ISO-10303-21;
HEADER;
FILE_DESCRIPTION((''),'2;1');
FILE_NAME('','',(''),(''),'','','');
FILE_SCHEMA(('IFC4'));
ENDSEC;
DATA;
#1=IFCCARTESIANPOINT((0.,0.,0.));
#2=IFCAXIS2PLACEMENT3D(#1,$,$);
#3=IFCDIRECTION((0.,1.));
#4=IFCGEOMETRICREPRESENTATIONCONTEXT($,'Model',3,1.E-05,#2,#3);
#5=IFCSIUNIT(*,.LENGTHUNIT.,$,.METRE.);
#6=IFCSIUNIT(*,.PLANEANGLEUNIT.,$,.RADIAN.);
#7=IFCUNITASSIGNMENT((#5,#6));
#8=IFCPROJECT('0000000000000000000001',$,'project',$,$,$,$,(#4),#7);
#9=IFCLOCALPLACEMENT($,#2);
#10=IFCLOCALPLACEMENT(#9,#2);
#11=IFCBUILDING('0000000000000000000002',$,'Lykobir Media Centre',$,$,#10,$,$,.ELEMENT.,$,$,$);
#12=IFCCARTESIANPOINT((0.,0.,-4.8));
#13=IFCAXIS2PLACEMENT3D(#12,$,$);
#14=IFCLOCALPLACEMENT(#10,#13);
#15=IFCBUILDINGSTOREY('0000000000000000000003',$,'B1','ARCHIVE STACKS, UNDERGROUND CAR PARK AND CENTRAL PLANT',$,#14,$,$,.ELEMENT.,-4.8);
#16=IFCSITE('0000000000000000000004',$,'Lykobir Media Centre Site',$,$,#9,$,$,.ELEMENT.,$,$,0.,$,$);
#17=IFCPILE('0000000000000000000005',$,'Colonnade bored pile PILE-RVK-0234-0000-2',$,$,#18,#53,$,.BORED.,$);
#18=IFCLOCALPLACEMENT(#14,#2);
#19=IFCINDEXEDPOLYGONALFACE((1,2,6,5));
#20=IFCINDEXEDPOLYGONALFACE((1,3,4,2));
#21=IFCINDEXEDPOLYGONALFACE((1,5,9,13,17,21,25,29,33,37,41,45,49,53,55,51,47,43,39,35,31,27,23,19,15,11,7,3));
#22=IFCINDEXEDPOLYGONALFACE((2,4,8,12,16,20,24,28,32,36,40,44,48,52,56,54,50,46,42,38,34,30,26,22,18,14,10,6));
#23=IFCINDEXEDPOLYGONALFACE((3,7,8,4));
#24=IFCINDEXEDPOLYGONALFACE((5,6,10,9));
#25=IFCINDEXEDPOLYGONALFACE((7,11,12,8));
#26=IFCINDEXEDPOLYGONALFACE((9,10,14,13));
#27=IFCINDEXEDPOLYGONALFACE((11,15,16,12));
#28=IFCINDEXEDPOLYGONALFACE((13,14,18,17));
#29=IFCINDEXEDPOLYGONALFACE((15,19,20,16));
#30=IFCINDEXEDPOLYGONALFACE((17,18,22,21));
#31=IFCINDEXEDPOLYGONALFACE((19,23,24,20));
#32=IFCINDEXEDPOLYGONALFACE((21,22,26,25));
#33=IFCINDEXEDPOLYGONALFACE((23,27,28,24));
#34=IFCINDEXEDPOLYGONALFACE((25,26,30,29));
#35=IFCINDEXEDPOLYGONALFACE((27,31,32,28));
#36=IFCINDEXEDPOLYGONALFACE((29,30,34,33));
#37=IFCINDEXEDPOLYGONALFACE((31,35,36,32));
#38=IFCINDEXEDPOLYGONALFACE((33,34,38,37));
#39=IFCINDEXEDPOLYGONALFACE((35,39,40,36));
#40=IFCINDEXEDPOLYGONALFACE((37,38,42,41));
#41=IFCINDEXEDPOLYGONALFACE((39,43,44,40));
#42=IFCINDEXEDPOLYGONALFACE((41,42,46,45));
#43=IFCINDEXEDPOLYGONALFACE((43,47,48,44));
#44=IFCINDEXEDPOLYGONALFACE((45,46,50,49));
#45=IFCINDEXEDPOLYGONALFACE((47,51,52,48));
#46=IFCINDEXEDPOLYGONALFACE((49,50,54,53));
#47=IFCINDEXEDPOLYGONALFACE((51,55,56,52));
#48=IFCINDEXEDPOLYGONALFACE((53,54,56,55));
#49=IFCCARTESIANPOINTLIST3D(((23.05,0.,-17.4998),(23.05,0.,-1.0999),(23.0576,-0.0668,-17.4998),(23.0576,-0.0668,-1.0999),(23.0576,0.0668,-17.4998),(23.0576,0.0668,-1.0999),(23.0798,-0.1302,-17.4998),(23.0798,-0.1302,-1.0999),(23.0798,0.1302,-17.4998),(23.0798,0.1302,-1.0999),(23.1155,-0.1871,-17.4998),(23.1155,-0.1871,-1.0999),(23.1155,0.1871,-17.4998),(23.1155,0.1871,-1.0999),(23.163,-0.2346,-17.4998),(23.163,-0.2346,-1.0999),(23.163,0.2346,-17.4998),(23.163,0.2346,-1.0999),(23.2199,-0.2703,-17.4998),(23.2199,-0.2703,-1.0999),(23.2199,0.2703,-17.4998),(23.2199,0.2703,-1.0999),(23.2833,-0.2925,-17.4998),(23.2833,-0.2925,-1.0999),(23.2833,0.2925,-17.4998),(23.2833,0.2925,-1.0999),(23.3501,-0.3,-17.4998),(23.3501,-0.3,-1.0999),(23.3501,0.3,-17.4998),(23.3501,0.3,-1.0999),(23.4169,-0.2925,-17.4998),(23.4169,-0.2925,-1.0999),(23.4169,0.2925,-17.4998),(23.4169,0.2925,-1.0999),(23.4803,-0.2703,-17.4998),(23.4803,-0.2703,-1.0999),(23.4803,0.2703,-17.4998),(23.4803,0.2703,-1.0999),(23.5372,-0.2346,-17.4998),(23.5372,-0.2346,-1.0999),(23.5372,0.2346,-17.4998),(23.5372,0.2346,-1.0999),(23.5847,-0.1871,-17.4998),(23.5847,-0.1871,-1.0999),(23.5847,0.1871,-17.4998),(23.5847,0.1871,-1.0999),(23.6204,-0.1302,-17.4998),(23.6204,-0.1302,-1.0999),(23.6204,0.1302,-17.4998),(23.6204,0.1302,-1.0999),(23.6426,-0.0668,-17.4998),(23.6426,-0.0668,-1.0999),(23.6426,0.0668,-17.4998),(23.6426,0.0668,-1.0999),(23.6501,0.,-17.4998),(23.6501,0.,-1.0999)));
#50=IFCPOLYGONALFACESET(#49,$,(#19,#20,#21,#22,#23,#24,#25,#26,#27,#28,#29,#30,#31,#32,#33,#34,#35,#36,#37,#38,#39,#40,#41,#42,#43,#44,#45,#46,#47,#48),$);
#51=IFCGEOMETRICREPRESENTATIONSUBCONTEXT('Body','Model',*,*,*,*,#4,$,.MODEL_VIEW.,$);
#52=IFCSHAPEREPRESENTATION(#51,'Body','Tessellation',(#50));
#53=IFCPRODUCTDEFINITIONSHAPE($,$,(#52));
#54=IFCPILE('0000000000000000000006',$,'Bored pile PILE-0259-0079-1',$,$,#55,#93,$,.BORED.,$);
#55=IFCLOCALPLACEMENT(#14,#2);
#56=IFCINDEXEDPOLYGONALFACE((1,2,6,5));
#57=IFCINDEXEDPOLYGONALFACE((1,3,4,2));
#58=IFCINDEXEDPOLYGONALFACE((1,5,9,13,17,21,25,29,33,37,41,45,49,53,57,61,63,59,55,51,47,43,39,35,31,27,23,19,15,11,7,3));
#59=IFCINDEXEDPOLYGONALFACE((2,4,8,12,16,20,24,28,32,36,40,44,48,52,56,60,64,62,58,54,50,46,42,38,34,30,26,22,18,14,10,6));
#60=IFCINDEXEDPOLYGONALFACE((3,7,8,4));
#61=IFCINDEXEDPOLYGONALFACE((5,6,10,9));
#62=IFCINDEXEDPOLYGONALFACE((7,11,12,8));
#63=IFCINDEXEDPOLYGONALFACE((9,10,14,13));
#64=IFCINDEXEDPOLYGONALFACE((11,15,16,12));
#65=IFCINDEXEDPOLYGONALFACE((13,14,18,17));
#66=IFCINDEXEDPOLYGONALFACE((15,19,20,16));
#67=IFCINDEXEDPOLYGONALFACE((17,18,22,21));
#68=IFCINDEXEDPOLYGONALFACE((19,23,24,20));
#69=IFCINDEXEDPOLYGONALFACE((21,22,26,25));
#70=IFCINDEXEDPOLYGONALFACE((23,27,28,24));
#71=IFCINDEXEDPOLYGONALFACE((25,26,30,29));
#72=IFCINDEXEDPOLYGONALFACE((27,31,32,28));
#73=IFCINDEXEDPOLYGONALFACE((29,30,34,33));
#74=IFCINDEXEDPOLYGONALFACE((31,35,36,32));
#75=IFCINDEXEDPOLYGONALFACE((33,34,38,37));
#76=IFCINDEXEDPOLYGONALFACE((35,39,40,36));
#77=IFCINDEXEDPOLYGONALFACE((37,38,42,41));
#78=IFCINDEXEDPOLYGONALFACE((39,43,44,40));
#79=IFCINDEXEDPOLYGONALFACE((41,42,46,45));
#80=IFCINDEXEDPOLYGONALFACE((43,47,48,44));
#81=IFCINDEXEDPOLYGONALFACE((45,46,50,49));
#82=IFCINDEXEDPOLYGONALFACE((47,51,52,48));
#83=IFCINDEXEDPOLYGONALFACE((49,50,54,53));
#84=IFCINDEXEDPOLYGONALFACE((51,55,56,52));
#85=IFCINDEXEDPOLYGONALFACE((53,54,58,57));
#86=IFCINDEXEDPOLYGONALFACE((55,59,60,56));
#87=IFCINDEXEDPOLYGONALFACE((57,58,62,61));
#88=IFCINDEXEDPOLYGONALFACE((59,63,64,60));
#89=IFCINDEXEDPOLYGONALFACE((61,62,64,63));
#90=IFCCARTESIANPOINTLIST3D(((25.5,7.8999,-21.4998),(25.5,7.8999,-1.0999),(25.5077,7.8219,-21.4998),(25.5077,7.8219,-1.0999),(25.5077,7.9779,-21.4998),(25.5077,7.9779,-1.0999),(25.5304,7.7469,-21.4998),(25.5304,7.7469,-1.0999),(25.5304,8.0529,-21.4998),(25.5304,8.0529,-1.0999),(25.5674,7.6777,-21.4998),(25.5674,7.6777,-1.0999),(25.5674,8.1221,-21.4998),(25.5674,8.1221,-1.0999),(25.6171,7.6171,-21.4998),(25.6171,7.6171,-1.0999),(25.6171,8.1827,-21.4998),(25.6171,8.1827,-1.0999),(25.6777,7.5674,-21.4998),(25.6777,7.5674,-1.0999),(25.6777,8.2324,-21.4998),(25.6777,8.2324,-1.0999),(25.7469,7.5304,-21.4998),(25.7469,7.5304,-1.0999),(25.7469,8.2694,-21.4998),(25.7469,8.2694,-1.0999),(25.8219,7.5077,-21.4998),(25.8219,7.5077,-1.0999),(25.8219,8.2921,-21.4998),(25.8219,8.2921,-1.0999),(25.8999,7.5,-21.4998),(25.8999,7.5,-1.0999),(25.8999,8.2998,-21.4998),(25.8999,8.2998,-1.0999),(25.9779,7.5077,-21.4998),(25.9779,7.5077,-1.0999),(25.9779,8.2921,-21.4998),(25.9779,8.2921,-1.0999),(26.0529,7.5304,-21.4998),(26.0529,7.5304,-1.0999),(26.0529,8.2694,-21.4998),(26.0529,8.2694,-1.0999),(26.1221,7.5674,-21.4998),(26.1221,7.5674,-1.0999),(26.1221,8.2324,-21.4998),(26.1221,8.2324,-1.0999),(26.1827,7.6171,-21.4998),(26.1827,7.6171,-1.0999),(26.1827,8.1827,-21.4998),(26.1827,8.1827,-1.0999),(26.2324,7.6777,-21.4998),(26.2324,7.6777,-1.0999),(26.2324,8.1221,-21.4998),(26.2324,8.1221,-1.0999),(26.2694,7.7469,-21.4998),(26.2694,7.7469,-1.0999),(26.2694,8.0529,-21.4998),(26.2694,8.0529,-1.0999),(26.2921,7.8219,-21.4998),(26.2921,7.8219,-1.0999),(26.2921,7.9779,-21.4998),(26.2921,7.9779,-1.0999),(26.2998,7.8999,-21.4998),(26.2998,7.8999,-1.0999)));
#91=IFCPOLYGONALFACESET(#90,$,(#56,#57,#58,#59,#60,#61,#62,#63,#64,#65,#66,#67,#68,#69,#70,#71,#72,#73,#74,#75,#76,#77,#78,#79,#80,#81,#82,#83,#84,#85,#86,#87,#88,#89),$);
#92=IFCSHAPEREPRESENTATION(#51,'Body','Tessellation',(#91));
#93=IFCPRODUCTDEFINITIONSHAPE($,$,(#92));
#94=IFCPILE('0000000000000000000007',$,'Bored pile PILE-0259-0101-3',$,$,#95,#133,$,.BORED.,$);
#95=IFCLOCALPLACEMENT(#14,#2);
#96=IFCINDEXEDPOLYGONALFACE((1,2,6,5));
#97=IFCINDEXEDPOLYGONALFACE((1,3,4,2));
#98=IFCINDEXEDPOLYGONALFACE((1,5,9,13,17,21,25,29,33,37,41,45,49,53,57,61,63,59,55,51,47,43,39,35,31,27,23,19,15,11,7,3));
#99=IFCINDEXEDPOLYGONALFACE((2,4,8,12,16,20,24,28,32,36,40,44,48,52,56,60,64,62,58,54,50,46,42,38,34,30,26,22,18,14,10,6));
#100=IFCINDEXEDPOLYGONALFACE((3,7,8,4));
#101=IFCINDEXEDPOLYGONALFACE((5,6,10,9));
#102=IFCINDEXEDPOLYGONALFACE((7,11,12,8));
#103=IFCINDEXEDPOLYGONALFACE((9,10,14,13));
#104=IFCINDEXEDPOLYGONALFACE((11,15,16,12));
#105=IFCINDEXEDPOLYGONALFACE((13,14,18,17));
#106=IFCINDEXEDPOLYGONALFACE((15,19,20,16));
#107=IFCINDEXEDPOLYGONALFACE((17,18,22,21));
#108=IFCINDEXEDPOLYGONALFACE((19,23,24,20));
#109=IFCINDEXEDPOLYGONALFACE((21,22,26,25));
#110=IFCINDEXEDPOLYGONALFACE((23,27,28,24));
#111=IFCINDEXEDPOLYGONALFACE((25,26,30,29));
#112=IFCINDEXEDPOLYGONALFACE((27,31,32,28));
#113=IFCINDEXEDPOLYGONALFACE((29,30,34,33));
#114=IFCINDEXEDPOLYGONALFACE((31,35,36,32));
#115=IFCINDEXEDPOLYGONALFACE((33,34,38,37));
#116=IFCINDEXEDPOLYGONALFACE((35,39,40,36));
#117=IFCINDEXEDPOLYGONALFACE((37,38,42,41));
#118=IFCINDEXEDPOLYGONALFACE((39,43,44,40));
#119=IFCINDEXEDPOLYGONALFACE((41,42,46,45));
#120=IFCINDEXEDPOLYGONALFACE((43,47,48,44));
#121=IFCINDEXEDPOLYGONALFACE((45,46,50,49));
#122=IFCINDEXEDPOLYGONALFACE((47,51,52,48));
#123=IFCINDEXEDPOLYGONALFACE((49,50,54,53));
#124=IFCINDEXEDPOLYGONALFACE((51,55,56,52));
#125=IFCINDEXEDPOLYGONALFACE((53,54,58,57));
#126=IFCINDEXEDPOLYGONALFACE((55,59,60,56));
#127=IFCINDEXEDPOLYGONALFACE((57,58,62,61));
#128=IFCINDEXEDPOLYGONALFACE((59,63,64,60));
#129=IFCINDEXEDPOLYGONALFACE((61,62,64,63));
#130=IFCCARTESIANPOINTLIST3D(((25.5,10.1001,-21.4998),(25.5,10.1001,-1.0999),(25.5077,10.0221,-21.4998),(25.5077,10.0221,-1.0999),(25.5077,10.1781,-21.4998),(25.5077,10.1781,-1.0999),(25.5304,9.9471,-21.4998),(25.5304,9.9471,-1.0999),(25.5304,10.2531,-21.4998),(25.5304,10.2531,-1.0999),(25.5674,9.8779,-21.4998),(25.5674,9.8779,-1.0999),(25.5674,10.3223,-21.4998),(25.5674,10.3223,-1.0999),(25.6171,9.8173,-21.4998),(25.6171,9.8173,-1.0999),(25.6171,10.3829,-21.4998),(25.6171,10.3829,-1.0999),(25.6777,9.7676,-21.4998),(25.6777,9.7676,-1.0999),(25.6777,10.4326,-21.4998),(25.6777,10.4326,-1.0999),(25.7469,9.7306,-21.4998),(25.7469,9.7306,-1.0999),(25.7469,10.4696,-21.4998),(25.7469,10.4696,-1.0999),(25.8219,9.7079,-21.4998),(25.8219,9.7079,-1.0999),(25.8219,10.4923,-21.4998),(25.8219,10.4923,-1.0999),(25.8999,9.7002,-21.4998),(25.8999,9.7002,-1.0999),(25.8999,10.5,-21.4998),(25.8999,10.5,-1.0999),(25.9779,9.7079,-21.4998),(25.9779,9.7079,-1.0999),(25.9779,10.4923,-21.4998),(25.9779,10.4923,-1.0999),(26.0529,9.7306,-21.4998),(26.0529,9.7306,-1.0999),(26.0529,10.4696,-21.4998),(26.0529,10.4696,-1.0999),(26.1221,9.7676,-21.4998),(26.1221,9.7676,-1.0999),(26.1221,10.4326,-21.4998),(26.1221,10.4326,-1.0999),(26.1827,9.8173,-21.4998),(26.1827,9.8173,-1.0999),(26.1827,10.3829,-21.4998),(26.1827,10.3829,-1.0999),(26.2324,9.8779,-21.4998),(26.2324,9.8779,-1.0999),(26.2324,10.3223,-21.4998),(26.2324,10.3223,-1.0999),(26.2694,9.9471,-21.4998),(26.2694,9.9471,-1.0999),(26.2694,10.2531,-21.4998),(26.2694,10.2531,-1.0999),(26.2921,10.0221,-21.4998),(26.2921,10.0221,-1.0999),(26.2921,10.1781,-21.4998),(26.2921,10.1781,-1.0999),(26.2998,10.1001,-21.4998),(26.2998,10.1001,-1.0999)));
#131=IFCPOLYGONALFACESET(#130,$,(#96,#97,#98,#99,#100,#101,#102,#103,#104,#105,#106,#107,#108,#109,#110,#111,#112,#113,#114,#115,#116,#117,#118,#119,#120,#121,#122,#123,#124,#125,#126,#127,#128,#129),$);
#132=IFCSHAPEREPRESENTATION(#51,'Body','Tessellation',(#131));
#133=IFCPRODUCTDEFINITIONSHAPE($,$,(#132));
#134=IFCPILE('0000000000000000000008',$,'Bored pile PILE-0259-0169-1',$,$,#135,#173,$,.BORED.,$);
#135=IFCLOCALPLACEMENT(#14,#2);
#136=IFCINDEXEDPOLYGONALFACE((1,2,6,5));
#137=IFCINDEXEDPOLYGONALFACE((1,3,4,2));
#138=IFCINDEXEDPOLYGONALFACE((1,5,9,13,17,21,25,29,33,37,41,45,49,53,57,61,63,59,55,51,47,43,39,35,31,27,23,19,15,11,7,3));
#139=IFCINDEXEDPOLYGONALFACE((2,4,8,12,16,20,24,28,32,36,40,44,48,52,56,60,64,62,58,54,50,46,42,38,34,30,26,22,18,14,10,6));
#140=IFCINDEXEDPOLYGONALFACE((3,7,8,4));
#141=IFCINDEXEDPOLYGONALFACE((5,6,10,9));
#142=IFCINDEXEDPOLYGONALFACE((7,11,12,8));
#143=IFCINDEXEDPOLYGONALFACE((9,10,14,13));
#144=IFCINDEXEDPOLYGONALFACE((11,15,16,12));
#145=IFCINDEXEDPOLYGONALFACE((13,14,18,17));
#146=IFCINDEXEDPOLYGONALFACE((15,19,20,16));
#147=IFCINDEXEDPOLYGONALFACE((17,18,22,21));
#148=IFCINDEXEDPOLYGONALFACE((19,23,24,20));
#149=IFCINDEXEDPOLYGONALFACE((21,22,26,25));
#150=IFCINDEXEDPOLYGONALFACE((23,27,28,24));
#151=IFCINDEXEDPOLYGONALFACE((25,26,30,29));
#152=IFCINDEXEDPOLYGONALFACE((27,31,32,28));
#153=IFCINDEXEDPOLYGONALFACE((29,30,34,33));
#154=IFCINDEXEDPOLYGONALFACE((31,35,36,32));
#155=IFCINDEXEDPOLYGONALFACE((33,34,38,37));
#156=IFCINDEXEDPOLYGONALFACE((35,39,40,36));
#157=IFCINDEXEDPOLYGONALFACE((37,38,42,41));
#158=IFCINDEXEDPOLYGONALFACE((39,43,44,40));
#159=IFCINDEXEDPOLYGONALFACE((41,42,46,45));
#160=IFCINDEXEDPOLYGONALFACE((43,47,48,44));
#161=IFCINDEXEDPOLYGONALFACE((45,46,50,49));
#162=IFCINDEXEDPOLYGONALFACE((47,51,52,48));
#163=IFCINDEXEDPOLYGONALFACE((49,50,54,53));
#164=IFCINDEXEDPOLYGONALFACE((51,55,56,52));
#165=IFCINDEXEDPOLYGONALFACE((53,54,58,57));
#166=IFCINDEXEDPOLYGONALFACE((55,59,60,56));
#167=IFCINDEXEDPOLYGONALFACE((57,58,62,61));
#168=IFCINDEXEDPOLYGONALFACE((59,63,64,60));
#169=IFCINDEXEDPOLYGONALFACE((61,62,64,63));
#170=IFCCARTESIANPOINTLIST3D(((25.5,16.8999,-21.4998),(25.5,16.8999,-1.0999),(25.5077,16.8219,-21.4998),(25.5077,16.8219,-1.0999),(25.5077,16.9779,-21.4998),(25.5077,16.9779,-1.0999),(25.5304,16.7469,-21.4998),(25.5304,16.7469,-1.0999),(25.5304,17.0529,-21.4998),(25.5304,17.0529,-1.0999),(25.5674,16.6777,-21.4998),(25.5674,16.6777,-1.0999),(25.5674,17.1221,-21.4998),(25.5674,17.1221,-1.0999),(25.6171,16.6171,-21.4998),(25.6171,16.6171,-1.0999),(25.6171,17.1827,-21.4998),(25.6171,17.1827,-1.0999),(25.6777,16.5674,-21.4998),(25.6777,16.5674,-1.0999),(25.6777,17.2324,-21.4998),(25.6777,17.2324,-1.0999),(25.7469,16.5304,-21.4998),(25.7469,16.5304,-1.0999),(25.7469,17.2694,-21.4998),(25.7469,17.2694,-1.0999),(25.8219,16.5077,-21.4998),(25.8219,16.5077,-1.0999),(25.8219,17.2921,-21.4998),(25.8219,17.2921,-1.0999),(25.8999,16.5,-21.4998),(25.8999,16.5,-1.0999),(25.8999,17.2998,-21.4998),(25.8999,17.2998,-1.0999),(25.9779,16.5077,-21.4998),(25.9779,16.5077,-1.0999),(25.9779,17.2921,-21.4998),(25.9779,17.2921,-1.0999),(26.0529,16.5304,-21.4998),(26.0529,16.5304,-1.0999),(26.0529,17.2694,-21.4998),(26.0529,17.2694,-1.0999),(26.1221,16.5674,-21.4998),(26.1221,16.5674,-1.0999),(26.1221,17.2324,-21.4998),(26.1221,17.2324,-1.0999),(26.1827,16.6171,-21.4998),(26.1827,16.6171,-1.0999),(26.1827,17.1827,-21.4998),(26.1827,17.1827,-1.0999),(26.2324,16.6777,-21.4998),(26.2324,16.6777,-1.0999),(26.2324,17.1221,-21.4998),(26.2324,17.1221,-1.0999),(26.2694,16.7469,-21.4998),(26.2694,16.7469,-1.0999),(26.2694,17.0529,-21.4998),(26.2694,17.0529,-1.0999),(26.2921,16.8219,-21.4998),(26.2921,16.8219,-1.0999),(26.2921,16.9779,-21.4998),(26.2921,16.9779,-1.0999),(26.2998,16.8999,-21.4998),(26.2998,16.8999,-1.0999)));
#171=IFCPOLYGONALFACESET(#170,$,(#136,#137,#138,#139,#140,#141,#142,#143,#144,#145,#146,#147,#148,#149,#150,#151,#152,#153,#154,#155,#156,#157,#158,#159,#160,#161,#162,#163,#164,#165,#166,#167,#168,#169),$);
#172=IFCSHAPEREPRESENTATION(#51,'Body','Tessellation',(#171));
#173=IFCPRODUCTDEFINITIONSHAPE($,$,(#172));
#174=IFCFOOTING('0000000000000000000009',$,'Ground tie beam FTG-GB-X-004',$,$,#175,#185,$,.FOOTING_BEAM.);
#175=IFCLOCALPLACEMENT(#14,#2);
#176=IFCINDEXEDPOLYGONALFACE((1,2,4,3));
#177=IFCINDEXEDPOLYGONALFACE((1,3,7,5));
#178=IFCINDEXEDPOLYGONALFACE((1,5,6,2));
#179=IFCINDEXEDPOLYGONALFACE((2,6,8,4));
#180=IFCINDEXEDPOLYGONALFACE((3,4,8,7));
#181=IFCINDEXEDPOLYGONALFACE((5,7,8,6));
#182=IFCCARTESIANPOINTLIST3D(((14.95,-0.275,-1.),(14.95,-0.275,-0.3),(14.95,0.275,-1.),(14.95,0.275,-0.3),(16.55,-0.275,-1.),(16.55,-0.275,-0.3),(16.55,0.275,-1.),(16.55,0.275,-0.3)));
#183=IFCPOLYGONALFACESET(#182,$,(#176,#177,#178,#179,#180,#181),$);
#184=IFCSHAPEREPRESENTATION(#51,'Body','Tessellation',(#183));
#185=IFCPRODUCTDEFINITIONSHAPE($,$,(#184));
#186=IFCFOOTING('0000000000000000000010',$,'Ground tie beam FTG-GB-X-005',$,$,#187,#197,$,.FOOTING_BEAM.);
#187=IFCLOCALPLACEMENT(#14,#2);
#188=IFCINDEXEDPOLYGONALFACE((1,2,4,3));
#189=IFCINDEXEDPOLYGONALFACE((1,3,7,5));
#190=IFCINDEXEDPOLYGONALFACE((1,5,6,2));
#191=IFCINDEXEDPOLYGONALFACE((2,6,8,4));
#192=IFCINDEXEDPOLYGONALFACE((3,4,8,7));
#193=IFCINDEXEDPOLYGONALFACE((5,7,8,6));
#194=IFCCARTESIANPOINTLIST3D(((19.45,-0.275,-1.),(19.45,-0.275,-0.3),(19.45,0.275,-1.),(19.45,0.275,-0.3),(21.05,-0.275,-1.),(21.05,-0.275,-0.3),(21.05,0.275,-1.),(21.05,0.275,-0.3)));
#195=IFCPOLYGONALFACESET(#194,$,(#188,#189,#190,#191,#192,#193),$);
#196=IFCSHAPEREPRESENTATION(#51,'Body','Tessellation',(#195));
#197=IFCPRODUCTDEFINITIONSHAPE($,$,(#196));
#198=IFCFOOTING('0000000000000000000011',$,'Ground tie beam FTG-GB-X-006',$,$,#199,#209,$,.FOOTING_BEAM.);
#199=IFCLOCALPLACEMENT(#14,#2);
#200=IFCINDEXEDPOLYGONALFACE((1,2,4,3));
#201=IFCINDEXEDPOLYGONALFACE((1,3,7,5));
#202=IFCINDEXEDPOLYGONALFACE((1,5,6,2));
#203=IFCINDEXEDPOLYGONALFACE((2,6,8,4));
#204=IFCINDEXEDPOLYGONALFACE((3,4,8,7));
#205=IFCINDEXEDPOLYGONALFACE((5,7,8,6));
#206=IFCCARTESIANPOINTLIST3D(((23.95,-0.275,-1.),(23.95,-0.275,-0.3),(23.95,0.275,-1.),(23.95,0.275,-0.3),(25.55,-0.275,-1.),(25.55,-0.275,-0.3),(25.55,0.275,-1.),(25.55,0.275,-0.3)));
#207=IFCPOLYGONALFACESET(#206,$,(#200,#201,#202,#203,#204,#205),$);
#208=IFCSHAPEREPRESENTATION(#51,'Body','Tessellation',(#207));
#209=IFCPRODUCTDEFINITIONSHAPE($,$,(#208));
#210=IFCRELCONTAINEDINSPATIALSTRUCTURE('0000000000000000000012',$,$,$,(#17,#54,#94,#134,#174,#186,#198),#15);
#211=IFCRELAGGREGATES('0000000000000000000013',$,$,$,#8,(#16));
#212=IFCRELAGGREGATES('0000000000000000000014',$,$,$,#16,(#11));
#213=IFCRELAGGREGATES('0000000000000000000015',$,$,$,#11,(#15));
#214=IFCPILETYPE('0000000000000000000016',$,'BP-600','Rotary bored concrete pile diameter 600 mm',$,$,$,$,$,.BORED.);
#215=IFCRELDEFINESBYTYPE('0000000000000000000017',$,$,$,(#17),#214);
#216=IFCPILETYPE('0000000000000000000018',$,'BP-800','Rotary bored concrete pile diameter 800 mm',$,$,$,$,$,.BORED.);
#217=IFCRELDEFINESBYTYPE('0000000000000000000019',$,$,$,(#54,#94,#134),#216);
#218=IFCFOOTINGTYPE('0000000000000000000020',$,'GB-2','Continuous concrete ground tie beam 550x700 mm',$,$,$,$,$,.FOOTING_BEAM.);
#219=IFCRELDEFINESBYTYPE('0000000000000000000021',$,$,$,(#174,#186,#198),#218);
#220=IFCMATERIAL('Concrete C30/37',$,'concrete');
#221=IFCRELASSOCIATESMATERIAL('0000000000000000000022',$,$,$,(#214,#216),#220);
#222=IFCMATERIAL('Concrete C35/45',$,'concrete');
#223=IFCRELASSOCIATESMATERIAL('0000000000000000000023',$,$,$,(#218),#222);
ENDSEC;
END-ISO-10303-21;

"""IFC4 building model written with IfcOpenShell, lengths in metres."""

from ifc_helpers import new_model, si_unit, direction, frame, origin, origin_2d, place, context, subcontext, project, spatial, rectangle, circle, extrude, material, material_profile, profile_set, type_object, element, save


model = new_model("IFC4")

# Units and contexts
model_context = context("Model", 3, precision=1e-05, world=origin(), true_north=direction((0.0, 1.0)))
body_context = subcontext(model_context, "Body", "Model", "MODEL_VIEW")
ifc_project = project(units=[si_unit("LENGTHUNIT", "METRE"), si_unit("PLANEANGLEUNIT", "RADIAN")], contexts=[model_context])

# Site, building, storey
site_placement = place(None, origin())
site = spatial("IfcSite", under=ifc_project, at=site_placement, Name="Lykobir Media Centre Site", CompositionType="ELEMENT", RefElevation=0.0)
building_placement = place(site_placement, origin())
building = spatial("IfcBuilding", under=site, at=building_placement, Name="Lykobir Media Centre", CompositionType="ELEMENT")
storey_placement = place(building_placement, frame((0.0, 0.0, -4.8)))
storey = spatial("IfcBuildingStorey", under=building, at=storey_placement, Name="B1", Description="ARCHIVE STACKS, UNDERGROUND CAR PARK AND CENTRAL PLANT", CompositionType="ELEMENT", Elevation=-4.8)

# Piles
ifc_material_1 = material(Name="Concrete C30/37", Category="concrete")
ifc_material_profile_1 = material_profile(ifc_material_1, circle(Radius=0.3, at=origin_2d()), Name="BORED PILE D600")
ifc_profile_set_1 = profile_set([ifc_material_profile_1], Name="Concrete C30/37")
pile_type_1 = type_object("IfcPileType", Name="BP-600", Description="Rotary bored concrete pile diameter 600 mm", PredefinedType="BORED", material=ifc_profile_set_1)
for number, where, z_axis, x_axis, name in (
    (1, (23.3501, 0.0, -1.0999), (0.0, 0.0, -1.0), (1.0, 0.0, 0.0), "Colonnade bored pile PILE-RVK-0234-0000-2"),
):
    element("IfcPile", number, at=place(storey_placement, frame(where, z_axis=z_axis, x_axis=x_axis)), inside=storey, type_object=pile_type_1, Name=name, PredefinedType="BORED", context=body_context, shape_type="SweptSolid", body=[
        extrude(circle(Radius=0.3, at=origin_2d()), origin(), (0.0, 0.0, 1.0), 16.3999),
    ])
ifc_material_profile_2 = material_profile(ifc_material_1, circle(Radius=0.3999, at=origin_2d()), Name="BORED PILE D800")
ifc_profile_set_2 = profile_set([ifc_material_profile_2], Name="Concrete C30/37")
pile_type_2 = type_object("IfcPileType", Name="BP-800", Description="Rotary bored concrete pile diameter 800 mm", PredefinedType="BORED", material=ifc_profile_set_2)
for number, where, z_axis, x_axis, name in (
    (2, (25.8999, 7.8999, -1.0999), (0.0, 0.0, -1.0), (1.0, 0.0, 0.0), "Bored pile PILE-0259-0079-1"),
    (3, (25.8999, 10.1001, -1.0999), (0.0, 0.0, -1.0), (1.0, 0.0, 0.0), "Bored pile PILE-0259-0101-3"),
    (4, (25.8999, 16.8999, -1.0999), (0.0, 0.0, -1.0), (1.0, 0.0, 0.0), "Bored pile PILE-0259-0169-1"),
):
    element("IfcPile", number, at=place(storey_placement, frame(where, z_axis=z_axis, x_axis=x_axis)), inside=storey, type_object=pile_type_2, Name=name, PredefinedType="BORED", context=body_context, shape_type="SweptSolid", body=[
        extrude(circle(Radius=0.3999, at=origin_2d()), origin(), (0.0, 0.0, 1.0), 20.3999),
    ])

# Footings
ifc_material_2 = material(Name="Concrete C35/45", Category="concrete")
footing_type_1 = type_object("IfcFootingType", Name="GB-2", Description="Continuous concrete ground tie beam 550x700 mm", PredefinedType="FOOTING_BEAM", material=ifc_material_2)
for number, where, z_axis, x_axis, name in (
    (5, (15.75, 0.0, -1.0), (0.0, 0.0, 1.0), (1.0, 0.0, 0.0), "Ground tie beam FTG-GB-X-004"),
    (6, (20.25, 0.0, -1.0), (0.0, 0.0, 1.0), (1.0, 0.0, 0.0), "Ground tie beam FTG-GB-X-005"),
    (7, (24.75, 0.0, -1.0), (0.0, 0.0, 1.0), (1.0, 0.0, 0.0), "Ground tie beam FTG-GB-X-006"),
):
    element("IfcFooting", number, at=place(storey_placement, frame(where, z_axis=z_axis, x_axis=x_axis)), inside=storey, type_object=footing_type_1, Name=name, PredefinedType="FOOTING_BEAM", context=body_context, shape_type="SweptSolid", body=[
        extrude(rectangle(XDim=1.6001, YDim=0.55, at=origin_2d()), origin(), (0.0, 0.0, 1.0), 0.7),
    ])

save(model, "model.ifc")
